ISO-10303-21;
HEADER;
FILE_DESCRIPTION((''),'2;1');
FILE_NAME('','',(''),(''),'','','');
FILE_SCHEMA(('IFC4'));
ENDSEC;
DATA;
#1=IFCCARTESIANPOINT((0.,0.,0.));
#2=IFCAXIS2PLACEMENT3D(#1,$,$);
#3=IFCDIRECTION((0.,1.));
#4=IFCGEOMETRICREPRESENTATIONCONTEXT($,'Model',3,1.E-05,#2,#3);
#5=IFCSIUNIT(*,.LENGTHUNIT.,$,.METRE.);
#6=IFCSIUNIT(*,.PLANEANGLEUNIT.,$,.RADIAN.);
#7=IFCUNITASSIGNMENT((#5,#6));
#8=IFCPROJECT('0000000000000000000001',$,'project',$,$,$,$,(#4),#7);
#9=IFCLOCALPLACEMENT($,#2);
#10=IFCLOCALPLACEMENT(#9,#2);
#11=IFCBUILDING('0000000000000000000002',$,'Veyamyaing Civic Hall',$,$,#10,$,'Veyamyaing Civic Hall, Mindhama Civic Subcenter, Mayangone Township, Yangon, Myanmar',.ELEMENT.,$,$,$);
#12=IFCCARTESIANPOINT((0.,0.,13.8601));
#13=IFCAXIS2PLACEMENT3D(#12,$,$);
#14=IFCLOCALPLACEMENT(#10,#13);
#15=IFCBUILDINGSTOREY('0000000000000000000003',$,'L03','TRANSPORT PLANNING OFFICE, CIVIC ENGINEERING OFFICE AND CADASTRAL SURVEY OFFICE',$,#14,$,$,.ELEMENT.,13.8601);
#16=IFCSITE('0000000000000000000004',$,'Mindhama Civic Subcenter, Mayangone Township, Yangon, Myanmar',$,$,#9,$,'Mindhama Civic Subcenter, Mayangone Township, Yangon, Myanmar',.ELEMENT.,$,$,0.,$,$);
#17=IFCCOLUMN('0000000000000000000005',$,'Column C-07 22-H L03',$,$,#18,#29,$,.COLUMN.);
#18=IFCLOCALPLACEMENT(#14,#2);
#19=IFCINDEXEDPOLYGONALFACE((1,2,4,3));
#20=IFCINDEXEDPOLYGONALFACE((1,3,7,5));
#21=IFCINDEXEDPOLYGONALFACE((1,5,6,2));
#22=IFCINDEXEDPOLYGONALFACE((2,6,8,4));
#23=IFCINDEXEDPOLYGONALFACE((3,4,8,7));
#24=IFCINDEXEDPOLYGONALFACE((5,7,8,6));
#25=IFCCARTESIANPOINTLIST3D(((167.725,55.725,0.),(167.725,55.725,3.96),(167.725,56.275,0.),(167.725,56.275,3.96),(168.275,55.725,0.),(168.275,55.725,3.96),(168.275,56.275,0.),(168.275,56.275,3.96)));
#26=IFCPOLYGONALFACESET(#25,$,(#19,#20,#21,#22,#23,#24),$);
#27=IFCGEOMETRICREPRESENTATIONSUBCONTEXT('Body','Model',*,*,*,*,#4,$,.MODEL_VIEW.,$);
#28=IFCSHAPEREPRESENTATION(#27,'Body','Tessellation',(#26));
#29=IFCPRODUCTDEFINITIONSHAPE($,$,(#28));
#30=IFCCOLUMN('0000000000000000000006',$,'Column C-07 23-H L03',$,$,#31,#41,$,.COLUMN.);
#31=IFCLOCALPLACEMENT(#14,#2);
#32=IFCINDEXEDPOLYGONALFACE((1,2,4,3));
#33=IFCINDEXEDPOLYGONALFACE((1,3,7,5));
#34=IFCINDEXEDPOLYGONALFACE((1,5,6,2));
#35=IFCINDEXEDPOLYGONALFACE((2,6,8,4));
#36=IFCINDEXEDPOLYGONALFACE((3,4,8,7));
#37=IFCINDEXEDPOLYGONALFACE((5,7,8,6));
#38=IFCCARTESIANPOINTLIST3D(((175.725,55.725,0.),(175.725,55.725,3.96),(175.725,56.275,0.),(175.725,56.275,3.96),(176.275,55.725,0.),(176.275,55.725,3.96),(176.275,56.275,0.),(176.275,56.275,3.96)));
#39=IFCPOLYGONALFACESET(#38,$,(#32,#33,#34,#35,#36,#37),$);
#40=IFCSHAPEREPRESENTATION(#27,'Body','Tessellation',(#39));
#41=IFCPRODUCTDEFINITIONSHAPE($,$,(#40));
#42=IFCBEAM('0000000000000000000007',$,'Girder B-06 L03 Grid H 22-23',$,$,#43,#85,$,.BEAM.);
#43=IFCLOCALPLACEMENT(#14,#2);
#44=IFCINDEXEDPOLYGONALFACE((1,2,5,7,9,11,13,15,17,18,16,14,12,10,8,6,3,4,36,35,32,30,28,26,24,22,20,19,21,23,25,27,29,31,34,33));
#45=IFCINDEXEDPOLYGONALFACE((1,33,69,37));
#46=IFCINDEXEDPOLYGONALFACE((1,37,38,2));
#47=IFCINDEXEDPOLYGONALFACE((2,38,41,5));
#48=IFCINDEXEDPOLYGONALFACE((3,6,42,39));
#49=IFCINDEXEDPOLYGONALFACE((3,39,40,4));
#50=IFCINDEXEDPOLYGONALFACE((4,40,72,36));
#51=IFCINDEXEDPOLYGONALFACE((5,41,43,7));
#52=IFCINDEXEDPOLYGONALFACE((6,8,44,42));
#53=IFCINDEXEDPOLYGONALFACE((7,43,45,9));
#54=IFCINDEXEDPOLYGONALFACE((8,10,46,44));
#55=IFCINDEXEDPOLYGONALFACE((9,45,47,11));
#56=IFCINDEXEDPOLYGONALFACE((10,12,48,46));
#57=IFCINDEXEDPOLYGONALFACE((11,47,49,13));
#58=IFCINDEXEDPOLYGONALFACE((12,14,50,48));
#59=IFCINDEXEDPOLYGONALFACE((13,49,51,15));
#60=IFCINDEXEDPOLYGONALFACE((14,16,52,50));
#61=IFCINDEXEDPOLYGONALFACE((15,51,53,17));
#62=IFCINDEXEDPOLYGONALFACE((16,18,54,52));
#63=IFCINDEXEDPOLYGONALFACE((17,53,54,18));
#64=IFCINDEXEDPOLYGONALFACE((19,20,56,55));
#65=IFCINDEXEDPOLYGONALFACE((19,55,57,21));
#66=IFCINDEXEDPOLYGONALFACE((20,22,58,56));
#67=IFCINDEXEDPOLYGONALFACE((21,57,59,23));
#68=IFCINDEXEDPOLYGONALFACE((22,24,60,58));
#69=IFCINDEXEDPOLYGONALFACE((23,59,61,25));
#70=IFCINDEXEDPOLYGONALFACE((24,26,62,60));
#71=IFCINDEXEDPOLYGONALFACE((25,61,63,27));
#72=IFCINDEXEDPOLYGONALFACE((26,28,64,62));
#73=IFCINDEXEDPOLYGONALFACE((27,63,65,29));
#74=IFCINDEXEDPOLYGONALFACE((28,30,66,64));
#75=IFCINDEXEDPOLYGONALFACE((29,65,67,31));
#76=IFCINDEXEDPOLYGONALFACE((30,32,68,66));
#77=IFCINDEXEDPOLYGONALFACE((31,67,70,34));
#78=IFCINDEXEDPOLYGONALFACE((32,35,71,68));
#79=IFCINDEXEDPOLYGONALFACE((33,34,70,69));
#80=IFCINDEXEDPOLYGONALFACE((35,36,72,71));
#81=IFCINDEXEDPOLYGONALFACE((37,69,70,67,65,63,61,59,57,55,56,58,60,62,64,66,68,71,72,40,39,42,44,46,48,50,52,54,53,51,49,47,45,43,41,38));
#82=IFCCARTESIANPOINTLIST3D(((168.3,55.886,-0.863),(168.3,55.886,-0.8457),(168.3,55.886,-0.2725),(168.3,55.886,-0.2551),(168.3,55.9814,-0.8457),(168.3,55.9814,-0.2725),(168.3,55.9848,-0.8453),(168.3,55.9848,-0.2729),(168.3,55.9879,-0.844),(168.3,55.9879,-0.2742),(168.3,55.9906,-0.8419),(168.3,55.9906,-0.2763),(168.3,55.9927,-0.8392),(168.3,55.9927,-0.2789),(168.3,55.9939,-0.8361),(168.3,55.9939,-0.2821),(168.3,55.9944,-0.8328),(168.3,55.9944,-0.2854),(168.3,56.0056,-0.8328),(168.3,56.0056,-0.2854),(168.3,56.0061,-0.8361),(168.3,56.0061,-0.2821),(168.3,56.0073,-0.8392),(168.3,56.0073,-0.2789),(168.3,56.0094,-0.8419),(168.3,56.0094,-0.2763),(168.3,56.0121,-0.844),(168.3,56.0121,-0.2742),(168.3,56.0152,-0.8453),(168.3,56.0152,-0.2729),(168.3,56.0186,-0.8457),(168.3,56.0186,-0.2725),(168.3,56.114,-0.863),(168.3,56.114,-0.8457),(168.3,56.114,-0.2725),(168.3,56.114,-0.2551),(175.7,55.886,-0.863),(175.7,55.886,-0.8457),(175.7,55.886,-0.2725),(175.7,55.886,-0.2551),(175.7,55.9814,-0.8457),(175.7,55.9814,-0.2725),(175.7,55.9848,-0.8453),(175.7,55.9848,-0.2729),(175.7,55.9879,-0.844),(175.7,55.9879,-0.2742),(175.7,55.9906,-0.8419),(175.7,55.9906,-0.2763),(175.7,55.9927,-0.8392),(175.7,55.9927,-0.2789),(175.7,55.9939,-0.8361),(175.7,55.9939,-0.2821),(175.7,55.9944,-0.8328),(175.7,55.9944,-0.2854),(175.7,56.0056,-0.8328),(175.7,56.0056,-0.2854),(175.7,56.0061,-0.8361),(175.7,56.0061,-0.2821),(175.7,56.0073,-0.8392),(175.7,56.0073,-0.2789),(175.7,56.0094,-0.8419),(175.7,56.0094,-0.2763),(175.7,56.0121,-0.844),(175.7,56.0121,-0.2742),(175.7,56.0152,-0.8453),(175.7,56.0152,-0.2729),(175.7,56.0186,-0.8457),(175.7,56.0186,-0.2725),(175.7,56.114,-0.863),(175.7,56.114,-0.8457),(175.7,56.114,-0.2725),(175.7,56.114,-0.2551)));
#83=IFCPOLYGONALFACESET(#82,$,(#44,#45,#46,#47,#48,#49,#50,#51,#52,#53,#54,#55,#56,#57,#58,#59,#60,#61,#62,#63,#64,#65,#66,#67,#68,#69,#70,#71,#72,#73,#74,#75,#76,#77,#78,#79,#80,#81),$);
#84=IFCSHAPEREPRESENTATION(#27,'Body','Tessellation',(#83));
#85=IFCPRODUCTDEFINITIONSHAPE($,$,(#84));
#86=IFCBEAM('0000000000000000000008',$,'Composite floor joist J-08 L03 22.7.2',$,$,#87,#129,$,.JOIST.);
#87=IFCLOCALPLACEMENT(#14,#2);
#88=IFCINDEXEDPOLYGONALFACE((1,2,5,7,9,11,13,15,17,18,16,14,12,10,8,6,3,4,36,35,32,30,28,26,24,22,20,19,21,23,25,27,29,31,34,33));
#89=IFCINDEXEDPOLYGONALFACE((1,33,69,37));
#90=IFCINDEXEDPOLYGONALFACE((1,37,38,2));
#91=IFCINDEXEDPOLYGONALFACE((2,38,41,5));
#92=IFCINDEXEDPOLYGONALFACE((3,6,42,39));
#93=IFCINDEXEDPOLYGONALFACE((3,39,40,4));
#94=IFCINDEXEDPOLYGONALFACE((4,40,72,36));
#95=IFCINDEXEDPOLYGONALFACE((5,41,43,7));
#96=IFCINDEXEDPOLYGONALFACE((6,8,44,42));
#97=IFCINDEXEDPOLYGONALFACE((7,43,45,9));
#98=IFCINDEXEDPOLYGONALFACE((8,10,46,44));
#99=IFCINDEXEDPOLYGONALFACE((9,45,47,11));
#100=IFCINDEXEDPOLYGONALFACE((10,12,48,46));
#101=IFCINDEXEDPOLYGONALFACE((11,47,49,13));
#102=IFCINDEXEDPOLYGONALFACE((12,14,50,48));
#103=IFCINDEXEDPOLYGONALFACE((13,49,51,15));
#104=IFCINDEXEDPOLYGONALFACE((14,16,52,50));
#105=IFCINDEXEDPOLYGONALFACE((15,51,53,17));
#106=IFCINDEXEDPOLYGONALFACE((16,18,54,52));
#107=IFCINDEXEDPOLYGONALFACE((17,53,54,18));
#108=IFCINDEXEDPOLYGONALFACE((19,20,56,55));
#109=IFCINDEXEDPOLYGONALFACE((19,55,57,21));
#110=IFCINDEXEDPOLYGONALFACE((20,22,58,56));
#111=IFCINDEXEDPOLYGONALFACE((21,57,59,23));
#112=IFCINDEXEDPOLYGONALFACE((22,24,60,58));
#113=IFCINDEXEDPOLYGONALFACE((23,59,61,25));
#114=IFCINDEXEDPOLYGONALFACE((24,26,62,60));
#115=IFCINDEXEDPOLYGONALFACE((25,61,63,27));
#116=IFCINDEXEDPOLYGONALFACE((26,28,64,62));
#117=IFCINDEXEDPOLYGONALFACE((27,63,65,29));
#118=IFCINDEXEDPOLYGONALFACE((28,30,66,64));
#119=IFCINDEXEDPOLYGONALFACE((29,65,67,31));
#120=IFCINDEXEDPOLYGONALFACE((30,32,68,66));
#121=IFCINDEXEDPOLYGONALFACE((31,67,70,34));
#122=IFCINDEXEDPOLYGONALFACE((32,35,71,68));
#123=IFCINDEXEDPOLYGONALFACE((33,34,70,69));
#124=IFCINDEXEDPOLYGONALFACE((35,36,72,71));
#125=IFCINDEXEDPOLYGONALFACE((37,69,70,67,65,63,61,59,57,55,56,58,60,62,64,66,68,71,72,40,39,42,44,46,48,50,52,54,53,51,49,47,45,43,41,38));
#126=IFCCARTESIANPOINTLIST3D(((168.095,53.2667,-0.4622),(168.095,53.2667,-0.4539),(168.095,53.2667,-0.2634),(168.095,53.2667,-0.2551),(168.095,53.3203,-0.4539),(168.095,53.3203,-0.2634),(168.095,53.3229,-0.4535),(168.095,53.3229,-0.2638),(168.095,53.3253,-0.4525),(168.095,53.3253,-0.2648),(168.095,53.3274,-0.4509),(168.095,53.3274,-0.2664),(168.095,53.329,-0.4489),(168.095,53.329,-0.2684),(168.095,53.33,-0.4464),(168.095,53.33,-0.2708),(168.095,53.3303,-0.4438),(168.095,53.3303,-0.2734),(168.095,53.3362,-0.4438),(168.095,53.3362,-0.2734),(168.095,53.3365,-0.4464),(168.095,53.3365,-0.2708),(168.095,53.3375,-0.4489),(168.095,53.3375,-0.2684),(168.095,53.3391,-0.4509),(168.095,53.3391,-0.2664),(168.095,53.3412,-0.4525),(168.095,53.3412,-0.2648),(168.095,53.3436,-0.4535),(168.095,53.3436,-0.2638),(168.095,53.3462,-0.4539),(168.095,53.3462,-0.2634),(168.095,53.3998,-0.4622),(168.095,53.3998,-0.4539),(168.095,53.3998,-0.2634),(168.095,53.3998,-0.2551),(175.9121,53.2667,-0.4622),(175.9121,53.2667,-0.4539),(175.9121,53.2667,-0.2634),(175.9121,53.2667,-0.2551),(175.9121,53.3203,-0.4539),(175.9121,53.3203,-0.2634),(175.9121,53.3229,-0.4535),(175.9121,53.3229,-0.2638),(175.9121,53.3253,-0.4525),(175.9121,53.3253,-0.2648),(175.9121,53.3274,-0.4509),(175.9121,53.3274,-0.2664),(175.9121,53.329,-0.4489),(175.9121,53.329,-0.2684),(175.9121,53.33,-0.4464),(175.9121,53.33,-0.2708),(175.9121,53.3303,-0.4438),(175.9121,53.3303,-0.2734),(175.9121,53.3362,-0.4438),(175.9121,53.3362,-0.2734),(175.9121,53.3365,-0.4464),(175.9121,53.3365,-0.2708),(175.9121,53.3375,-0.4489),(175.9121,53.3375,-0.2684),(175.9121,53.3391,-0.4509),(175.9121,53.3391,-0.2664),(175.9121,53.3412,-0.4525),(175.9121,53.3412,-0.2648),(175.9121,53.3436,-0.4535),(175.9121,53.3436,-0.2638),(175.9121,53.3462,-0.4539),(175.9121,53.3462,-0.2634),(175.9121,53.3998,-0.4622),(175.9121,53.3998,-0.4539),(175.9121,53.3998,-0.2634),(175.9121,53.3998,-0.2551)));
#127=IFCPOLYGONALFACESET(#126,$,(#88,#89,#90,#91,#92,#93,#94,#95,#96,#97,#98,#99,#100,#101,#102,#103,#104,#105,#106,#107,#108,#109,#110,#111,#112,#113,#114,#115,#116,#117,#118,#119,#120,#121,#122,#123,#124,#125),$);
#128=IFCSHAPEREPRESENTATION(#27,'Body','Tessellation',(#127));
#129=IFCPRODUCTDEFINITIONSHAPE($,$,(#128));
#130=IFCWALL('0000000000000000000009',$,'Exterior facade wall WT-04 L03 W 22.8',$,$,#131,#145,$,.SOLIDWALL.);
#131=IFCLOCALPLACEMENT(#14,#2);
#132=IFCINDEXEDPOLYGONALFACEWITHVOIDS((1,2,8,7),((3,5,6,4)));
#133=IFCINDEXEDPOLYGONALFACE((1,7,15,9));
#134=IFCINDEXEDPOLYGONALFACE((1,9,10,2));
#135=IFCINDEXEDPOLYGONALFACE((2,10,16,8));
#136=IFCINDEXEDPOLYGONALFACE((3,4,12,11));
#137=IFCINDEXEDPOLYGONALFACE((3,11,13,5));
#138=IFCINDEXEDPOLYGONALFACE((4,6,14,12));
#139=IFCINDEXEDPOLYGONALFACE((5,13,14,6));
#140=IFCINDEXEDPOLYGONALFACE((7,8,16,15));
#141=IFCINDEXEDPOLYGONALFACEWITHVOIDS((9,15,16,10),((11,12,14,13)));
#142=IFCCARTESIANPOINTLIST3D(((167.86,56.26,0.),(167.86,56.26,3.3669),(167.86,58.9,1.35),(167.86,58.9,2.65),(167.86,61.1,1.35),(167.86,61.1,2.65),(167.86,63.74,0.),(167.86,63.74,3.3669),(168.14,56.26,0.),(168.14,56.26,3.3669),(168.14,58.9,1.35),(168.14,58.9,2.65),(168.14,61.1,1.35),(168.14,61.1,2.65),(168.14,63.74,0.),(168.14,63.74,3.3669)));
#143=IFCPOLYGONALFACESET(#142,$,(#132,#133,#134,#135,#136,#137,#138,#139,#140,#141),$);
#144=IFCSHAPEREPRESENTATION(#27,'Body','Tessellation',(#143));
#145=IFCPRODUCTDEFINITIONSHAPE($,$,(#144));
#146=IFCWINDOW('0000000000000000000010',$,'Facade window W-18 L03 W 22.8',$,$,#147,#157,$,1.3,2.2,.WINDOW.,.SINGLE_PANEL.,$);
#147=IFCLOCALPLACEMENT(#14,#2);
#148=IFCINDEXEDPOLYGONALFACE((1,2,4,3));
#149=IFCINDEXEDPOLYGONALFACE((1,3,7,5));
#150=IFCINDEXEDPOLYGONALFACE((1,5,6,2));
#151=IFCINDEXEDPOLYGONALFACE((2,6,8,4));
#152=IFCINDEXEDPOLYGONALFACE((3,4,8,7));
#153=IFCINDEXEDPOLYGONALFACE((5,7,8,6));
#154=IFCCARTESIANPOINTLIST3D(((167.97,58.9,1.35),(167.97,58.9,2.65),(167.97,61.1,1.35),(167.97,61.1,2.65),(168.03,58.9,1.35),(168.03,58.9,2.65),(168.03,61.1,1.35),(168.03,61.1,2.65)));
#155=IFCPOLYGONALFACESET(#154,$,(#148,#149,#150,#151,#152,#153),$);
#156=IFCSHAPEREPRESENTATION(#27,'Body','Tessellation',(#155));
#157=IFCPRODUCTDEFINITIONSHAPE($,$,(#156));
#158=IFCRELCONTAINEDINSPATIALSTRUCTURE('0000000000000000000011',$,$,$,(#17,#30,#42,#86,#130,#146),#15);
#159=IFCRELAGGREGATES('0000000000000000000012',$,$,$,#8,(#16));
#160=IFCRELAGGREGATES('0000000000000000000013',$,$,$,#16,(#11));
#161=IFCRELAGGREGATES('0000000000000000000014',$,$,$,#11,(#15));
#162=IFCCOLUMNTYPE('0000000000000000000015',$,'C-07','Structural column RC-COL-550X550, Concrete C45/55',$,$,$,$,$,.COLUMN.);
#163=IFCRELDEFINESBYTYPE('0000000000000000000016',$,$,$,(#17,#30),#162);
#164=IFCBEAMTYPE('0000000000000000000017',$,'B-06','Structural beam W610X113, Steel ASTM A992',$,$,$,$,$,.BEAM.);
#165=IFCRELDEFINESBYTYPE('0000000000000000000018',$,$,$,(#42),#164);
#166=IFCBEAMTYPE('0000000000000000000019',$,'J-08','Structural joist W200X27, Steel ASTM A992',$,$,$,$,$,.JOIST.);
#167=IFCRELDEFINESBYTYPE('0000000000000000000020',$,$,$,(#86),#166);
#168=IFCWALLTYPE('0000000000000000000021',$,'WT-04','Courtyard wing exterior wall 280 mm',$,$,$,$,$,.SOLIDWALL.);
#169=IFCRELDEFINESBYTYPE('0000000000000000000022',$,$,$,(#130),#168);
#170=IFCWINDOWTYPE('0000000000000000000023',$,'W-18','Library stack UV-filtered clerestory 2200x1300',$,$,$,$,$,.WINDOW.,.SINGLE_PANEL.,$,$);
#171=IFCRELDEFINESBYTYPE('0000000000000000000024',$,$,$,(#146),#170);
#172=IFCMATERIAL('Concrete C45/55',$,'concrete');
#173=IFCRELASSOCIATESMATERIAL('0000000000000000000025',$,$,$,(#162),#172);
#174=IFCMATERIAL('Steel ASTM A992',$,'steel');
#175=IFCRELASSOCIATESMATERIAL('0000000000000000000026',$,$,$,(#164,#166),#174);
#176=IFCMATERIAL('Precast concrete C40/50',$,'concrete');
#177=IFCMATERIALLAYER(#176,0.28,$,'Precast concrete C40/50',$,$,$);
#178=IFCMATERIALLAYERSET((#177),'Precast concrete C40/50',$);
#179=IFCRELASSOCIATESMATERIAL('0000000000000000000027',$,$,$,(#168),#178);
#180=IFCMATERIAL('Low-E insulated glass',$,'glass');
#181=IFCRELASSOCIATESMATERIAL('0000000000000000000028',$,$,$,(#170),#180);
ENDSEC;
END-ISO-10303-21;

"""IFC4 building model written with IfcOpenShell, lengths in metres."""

from ifc_helpers import new_model, si_unit, direction, frame, frame_2d, origin, origin_2d, place, context, subcontext, project, spatial, rectangle, i_section, extrude, material, layer, layer_set, material_profile, profile_set, type_object, element, fill, save


model = new_model("IFC4")

# Units and contexts
model_context = context("Model", 3, precision=1e-05, world=origin(), true_north=direction((0.0, 1.0)))
body_context = subcontext(model_context, "Body", "Model", "MODEL_VIEW")
ifc_project = project(units=[si_unit("LENGTHUNIT", "METRE"), si_unit("PLANEANGLEUNIT", "RADIAN")], contexts=[model_context])

# Site, building, storey
site_placement = place(None, origin())
site = spatial("IfcSite", under=ifc_project, at=site_placement, Name="Mindhama Civic Subcenter, Mayangone Township, Yangon, Myanmar", LongName="Mindhama Civic Subcenter, Mayangone Township, Yangon, Myanmar", CompositionType="ELEMENT", RefElevation=0.0)
building_placement = place(site_placement, origin())
building = spatial("IfcBuilding", under=site, at=building_placement, Name="Veyamyaing Civic Hall", LongName="Veyamyaing Civic Hall, Mindhama Civic Subcenter, Mayangone Township, Yangon, Myanmar", CompositionType="ELEMENT")
storey_placement = place(building_placement, frame((0.0, 0.0, 13.8601)))
storey = spatial("IfcBuildingStorey", under=building, at=storey_placement, Name="L03", Description="TRANSPORT PLANNING OFFICE, CIVIC ENGINEERING OFFICE AND CADASTRAL SURVEY OFFICE", CompositionType="ELEMENT", Elevation=13.8601)

# Columns
ifc_material_1 = material(Name="Concrete C45/55", Category="concrete")
ifc_material_profile_1 = material_profile(ifc_material_1, rectangle(XDim=0.55, YDim=0.55, at=origin_2d()), Name="RC-COL-550X550")
ifc_profile_set_1 = profile_set([ifc_material_profile_1], Name="Concrete C45/55")
column_type = type_object("IfcColumnType", Name="C-07", Description="Structural column RC-COL-550X550, Concrete C45/55", PredefinedType="COLUMN", material=ifc_profile_set_1)
for number, where, z_axis, x_axis, name in (
    (1, (168.0, 56.0, 0.0), (0.0, 0.0, 1.0), (1.0, 0.0, 0.0), "Column C-07 22-H L03"),
    (2, (176.0, 56.0, 0.0), (0.0, 0.0, 1.0), (1.0, 0.0, 0.0), "Column C-07 23-H L03"),
):
    element("IfcColumn", number, at=place(storey_placement, frame(where, z_axis=z_axis, x_axis=x_axis)), inside=storey, type_object=column_type, Name=name, PredefinedType="COLUMN", context=body_context, shape_type="SweptSolid", body=[
        extrude(rectangle(XDim=0.55, YDim=0.55, at=origin_2d()), origin(), (0.0, 0.0, 1.0), 3.96),
    ])

# Beams
ifc_material_2 = material(Name="Steel ASTM A992", Category="steel")
ifc_material_profile_2 = material_profile(ifc_material_2, i_section(OverallWidth=0.228, OverallDepth=0.6079, WebThickness=0.0112, FlangeThickness=0.0173, FilletRadius=0.0129, at=origin_2d()), Name="W610X113")
ifc_profile_set_2 = profile_set([ifc_material_profile_2], Name="Steel ASTM A992")
beam_type_1 = type_object("IfcBeamType", Name="B-06", Description="Structural beam W610X113, Steel ASTM A992", PredefinedType="BEAM", material=ifc_profile_set_2)
beam_1_placement = place(storey_placement, frame((168.3, 56.0, -0.5591), z_axis=(1.0, 0.0, 0.0), x_axis=(0.0, 1.0, 0.0)))
element("IfcBeam", 3, at=beam_1_placement, inside=storey, type_object=beam_type_1, Name="Girder B-06 L03 Grid H 22-23", PredefinedType="BEAM", context=body_context, shape_type="SweptSolid", body=[
    extrude(i_section(OverallWidth=0.228, OverallDepth=0.6079, WebThickness=0.0112, FlangeThickness=0.0173, FilletRadius=0.0129, at=origin_2d()), origin(), (0.0, 0.0, 1.0), 7.3999),
])
ifc_material_profile_3 = material_profile(ifc_material_2, i_section(OverallWidth=0.1331, OverallDepth=0.207, WebThickness=0.0059, FlangeThickness=0.0083, FilletRadius=0.01, at=origin_2d()), Name="W200X27")
ifc_profile_set_3 = profile_set([ifc_material_profile_3], Name="Steel ASTM A992")
beam_type_2 = type_object("IfcBeamType", Name="J-08", Description="Structural joist W200X27, Steel ASTM A992", PredefinedType="JOIST", material=ifc_profile_set_3)
beam_2_placement = place(storey_placement, frame((168.095, 53.3333, -0.3586), z_axis=(1.0, 0.0, 0.0), x_axis=(0.0, 1.0, 0.0)))
element("IfcBeam", 4, at=beam_2_placement, inside=storey, type_object=beam_type_2, Name="Composite floor joist J-08 L03 22.7.2", PredefinedType="JOIST", context=body_context, shape_type="SweptSolid", body=[
    extrude(i_section(OverallWidth=0.1331, OverallDepth=0.207, WebThickness=0.0059, FlangeThickness=0.0083, FilletRadius=0.01, at=origin_2d()), origin(), (0.0, 0.0, 1.0), 7.8171),
])

# Wall, opening, window
ifc_material_3 = material(Name="Precast concrete C40/50", Category="concrete")
ifc_layer_1 = layer(ifc_material_3, 0.28, Name="Precast concrete C40/50")
ifc_layer_set_1 = layer_set([ifc_layer_1], Name="Precast concrete C40/50")
wall_type_1 = type_object("IfcWallType", Name="WT-04", Description="Courtyard wing exterior wall 280 mm", PredefinedType="SOLIDWALL", material=ifc_layer_set_1)
wall_1_placement = place(storey_placement, frame((168.0, 56.26, 0.0), z_axis=(0.0, 0.0, 1.0), x_axis=(0.0, 1.0, 0.0)))
wall_1 = element("IfcWall", 5, at=wall_1_placement, inside=storey, type_object=wall_type_1, Name="Exterior facade wall WT-04 L03 W 22.8", PredefinedType="SOLIDWALL", context=body_context, shape_type="SweptSolid", body=[
    extrude(rectangle(XDim=7.48, YDim=0.28, at=frame_2d((3.74, 0.0))), origin(), (0.0, 0.0, 1.0), 3.3669),
])
opening_1_placement = place(wall_1_placement, frame((2.6399, 0.0, 1.3501)))
opening_1 = element("IfcOpeningElement", 6, at=opening_1_placement, cuts=wall_1, PredefinedType="OPENING", context=body_context, shape_type="SweptSolid", body=[
    extrude(rectangle(XDim=2.2, YDim=1.3, at=frame_2d((1.1001, 0.6499))), frame((0.0, 0.1499, 0.0), z_axis=(0.0, -1.0, 0.0), x_axis=(1.0, 0.0, 0.0)), (0.0, 0.0, 1.0), 0.3),
])
ifc_material_4 = material(Name="Low-E insulated glass", Category="glass")
window_type = type_object("IfcWindowType", Name="W-18", Description="Library stack UV-filtered clerestory 2200x1300", PartitioningType="SINGLE_PANEL", PredefinedType="WINDOW", material=ifc_material_4)
window_1_placement = place(opening_1_placement, origin())
window_1 = element("IfcWindow", 7, at=window_1_placement, inside=storey, type_object=window_type, Name="Facade window W-18 L03 W 22.8", OverallHeight=1.3, OverallWidth=2.2, PartitioningType="SINGLE_PANEL", PredefinedType="WINDOW", context=body_context, shape_type="SweptSolid", body=[
    extrude(rectangle(XDim=2.2, YDim=1.3, at=frame_2d((1.1001, 0.6499))), frame((0.0, 0.03, 0.0), z_axis=(0.0, -1.0, 0.0), x_axis=(1.0, 0.0, 0.0)), (0.0, 0.0, 1.0), 0.0601),
])
fill(opening_1, window_1)

save(model, "model.ifc")
